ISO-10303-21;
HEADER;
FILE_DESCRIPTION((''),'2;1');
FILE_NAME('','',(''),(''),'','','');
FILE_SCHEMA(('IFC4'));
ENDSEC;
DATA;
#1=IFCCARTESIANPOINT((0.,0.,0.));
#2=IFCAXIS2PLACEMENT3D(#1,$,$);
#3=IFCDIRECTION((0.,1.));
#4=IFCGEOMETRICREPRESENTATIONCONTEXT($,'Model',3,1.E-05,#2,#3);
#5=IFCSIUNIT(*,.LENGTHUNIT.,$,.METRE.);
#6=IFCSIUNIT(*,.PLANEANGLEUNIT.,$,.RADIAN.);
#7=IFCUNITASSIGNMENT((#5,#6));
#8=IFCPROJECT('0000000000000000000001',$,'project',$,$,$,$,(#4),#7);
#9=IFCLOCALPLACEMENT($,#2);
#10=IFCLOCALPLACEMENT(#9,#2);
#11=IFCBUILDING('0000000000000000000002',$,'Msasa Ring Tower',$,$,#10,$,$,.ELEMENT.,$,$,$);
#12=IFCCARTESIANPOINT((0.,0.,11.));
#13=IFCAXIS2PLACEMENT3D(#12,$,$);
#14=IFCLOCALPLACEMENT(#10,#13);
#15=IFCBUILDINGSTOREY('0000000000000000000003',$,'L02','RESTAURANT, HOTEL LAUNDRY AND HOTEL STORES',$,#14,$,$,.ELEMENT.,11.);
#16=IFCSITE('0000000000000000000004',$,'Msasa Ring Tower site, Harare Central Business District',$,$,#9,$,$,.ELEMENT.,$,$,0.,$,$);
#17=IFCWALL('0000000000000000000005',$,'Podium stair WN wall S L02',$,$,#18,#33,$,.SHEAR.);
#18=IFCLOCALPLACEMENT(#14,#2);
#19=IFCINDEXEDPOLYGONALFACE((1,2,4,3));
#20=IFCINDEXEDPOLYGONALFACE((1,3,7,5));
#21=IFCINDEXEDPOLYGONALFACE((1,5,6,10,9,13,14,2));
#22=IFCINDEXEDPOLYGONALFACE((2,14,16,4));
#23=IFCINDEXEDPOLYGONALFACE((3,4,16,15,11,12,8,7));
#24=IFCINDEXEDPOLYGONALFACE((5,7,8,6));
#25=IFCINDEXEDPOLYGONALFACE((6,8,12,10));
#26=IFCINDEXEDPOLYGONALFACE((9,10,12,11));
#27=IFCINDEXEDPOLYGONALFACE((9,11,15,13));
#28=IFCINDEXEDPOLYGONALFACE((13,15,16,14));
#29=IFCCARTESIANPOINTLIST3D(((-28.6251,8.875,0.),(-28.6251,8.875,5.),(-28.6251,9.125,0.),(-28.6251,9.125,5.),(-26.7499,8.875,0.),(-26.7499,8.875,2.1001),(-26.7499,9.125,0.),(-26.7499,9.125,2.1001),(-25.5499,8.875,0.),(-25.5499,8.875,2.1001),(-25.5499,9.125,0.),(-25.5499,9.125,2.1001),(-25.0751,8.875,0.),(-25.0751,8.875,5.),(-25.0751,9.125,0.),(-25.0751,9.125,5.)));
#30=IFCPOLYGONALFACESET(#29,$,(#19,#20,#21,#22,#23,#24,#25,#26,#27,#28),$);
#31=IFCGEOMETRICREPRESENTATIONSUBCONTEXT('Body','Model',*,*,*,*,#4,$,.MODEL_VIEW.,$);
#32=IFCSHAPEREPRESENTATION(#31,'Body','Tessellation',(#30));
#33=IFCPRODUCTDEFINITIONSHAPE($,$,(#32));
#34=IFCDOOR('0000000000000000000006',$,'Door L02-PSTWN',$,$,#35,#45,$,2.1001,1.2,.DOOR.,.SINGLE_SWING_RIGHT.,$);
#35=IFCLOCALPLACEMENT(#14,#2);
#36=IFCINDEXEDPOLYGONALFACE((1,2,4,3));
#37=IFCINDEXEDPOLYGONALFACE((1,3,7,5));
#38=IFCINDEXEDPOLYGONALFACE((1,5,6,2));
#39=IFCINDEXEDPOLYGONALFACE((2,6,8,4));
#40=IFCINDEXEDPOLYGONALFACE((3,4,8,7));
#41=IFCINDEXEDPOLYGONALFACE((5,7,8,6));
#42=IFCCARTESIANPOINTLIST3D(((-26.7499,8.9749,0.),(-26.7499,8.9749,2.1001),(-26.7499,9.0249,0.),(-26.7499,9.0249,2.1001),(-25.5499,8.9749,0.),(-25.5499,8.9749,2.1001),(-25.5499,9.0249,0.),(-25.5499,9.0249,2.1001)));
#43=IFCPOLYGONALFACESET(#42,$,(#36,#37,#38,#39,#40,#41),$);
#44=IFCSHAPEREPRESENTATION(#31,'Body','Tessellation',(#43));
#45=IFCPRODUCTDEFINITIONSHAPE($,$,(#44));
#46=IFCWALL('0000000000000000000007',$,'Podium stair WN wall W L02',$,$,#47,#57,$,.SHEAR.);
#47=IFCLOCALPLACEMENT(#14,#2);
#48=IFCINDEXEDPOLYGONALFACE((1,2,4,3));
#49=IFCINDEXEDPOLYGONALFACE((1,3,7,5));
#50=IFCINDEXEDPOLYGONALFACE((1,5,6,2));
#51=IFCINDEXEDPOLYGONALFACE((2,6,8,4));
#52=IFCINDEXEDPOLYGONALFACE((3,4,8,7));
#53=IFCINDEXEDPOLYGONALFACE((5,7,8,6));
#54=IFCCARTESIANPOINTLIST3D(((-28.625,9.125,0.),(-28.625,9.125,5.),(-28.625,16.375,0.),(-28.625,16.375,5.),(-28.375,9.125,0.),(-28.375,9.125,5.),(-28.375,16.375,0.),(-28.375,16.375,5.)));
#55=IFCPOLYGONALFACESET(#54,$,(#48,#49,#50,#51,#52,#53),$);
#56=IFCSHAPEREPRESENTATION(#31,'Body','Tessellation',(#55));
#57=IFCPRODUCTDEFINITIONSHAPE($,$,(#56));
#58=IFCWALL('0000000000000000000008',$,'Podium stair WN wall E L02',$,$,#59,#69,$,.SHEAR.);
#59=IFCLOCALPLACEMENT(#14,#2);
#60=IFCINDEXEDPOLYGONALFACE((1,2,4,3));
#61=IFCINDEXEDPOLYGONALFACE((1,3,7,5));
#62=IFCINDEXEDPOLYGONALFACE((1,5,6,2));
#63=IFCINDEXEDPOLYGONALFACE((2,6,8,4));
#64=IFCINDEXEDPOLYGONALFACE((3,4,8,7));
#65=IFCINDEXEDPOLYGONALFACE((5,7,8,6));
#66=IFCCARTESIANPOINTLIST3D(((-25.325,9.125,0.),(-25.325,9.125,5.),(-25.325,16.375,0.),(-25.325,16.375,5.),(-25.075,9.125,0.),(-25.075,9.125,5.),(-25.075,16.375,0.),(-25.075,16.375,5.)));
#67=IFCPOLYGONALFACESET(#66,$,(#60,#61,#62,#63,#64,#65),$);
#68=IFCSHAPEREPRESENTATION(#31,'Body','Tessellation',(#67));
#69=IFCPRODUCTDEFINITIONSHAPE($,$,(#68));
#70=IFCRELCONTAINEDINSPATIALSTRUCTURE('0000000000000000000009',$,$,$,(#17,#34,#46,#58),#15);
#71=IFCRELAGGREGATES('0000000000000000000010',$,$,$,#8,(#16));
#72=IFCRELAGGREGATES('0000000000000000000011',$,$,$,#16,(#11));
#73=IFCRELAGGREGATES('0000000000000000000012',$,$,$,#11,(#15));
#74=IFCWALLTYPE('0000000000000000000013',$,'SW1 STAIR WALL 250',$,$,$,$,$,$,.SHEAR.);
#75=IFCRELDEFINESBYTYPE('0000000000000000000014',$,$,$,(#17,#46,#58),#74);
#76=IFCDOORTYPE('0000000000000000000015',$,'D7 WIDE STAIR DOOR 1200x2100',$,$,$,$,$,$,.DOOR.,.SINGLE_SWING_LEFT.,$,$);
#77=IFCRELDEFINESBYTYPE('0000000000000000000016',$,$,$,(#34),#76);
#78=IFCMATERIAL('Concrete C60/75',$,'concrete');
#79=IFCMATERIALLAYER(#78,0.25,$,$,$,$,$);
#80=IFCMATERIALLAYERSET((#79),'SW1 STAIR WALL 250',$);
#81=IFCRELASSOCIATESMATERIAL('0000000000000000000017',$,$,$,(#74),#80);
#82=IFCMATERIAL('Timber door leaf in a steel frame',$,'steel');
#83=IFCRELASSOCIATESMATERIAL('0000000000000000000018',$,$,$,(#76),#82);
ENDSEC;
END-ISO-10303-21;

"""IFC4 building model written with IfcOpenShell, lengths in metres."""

from ifc_helpers import new_model, si_unit, direction, frame, frame_2d, origin, place, context, subcontext, project, spatial, rectangle, extrude, material, layer, layer_set, type_object, element, fill, save


model = new_model("IFC4")

# Units and contexts
model_context = context("Model", 3, precision=1e-05, world=origin(), true_north=direction((0.0, 1.0)))
body_context = subcontext(model_context, "Body", "Model", "MODEL_VIEW")
ifc_project = project(units=[si_unit("LENGTHUNIT", "METRE"), si_unit("PLANEANGLEUNIT", "RADIAN")], contexts=[model_context])

# Site, building, storey
site_placement = place(None, origin())
site = spatial("IfcSite", under=ifc_project, at=site_placement, Name="Msasa Ring Tower site, Harare Central Business District", CompositionType="ELEMENT", RefElevation=0.0)
building_placement = place(site_placement, origin())
building = spatial("IfcBuilding", under=site, at=building_placement, Name="Msasa Ring Tower", CompositionType="ELEMENT")
storey_placement = place(building_placement, frame((0.0, 0.0, 11.0)))
storey = spatial("IfcBuildingStorey", under=building, at=storey_placement, Name="L02", Description="RESTAURANT, HOTEL LAUNDRY AND HOTEL STORES", CompositionType="ELEMENT", Elevation=11.0)

# Wall, opening, door
ifc_material_1 = material(Name="Concrete C60/75", Category="concrete")
ifc_layer_1 = layer(ifc_material_1, 0.25)
ifc_layer_set_1 = layer_set([ifc_layer_1], Name="SW1 STAIR WALL 250")
wall_type_1 = type_object("IfcWallType", Name="SW1 STAIR WALL 250", PredefinedType="SHEAR", material=ifc_layer_set_1)
wall_1_placement = place(storey_placement, frame((-28.625, 9.0, 0.0), z_axis=(0.0, 0.0, 1.0), x_axis=(1.0, 0.0, 0.0)))
wall_1 = element("IfcWall", 1, at=wall_1_placement, inside=storey, type_object=wall_type_1, Name="Podium stair WN wall S L02", PredefinedType="SHEAR", context=body_context, shape_type="SweptSolid", body=[
    extrude(rectangle(XDim=3.55, YDim=0.25, at=frame_2d((1.7749, 0.0))), origin(), (0.0, 0.0, 1.0), 5.0),
])
opening_1_placement = place(wall_1_placement, frame((1.875, 0.0, 0.0)))
opening_1 = element("IfcOpeningElement", 2, at=opening_1_placement, cuts=wall_1, PredefinedType="OPENING", context=body_context, shape_type="SweptSolid", body=[
    extrude(rectangle(XDim=1.2, YDim=2.1001, at=frame_2d((0.6001, 1.05))), frame((0.0, 0.135, 0.0), z_axis=(0.0, -1.0, 0.0), x_axis=(1.0, 0.0, 0.0)), (0.0, 0.0, 1.0), 0.27),
])
ifc_material_2 = material(Name="Timber door leaf in a steel frame", Category="steel")
door_type_1 = type_object("IfcDoorType", Name="D7 WIDE STAIR DOOR 1200x2100", OperationType="SINGLE_SWING_LEFT", PredefinedType="DOOR", material=ifc_material_2)
door_1_placement = place(opening_1_placement, origin())
door_1 = element("IfcDoor", 3, at=door_1_placement, inside=storey, type_object=door_type_1, Name="Door L02-PSTWN", OperationType="SINGLE_SWING_RIGHT", OverallHeight=2.1001, OverallWidth=1.2, PredefinedType="DOOR", context=body_context, shape_type="SweptSolid", body=[
    extrude(rectangle(XDim=1.2, YDim=2.1001, at=frame_2d((0.6001, 1.05))), frame((0.0, 0.0249, 0.0), z_axis=(0.0, -1.0, 0.0), x_axis=(1.0, 0.0, 0.0)), (0.0, 0.0, 1.0), 0.05),
])
fill(opening_1, door_1)

# Walls
for number, where, z_axis, x_axis, name in (
    (4, (-28.5, 9.125, 0.0), (0.0, 0.0, 1.0), (0.0, 1.0, 0.0), "Podium stair WN wall W L02"),
    (5, (-25.2, 9.125, 0.0), (0.0, 0.0, 1.0), (0.0, 1.0, 0.0), "Podium stair WN wall E L02"),
):
    element("IfcWall", number, at=place(storey_placement, frame(where, z_axis=z_axis, x_axis=x_axis)), inside=storey, type_object=wall_type_1, Name=name, PredefinedType="SHEAR", context=body_context, shape_type="SweptSolid", body=[
        extrude(rectangle(XDim=7.25, YDim=0.25, at=frame_2d((3.625, 0.0))), origin(), (0.0, 0.0, 1.0), 5.0),
    ])

save(model, "model.ifc")
